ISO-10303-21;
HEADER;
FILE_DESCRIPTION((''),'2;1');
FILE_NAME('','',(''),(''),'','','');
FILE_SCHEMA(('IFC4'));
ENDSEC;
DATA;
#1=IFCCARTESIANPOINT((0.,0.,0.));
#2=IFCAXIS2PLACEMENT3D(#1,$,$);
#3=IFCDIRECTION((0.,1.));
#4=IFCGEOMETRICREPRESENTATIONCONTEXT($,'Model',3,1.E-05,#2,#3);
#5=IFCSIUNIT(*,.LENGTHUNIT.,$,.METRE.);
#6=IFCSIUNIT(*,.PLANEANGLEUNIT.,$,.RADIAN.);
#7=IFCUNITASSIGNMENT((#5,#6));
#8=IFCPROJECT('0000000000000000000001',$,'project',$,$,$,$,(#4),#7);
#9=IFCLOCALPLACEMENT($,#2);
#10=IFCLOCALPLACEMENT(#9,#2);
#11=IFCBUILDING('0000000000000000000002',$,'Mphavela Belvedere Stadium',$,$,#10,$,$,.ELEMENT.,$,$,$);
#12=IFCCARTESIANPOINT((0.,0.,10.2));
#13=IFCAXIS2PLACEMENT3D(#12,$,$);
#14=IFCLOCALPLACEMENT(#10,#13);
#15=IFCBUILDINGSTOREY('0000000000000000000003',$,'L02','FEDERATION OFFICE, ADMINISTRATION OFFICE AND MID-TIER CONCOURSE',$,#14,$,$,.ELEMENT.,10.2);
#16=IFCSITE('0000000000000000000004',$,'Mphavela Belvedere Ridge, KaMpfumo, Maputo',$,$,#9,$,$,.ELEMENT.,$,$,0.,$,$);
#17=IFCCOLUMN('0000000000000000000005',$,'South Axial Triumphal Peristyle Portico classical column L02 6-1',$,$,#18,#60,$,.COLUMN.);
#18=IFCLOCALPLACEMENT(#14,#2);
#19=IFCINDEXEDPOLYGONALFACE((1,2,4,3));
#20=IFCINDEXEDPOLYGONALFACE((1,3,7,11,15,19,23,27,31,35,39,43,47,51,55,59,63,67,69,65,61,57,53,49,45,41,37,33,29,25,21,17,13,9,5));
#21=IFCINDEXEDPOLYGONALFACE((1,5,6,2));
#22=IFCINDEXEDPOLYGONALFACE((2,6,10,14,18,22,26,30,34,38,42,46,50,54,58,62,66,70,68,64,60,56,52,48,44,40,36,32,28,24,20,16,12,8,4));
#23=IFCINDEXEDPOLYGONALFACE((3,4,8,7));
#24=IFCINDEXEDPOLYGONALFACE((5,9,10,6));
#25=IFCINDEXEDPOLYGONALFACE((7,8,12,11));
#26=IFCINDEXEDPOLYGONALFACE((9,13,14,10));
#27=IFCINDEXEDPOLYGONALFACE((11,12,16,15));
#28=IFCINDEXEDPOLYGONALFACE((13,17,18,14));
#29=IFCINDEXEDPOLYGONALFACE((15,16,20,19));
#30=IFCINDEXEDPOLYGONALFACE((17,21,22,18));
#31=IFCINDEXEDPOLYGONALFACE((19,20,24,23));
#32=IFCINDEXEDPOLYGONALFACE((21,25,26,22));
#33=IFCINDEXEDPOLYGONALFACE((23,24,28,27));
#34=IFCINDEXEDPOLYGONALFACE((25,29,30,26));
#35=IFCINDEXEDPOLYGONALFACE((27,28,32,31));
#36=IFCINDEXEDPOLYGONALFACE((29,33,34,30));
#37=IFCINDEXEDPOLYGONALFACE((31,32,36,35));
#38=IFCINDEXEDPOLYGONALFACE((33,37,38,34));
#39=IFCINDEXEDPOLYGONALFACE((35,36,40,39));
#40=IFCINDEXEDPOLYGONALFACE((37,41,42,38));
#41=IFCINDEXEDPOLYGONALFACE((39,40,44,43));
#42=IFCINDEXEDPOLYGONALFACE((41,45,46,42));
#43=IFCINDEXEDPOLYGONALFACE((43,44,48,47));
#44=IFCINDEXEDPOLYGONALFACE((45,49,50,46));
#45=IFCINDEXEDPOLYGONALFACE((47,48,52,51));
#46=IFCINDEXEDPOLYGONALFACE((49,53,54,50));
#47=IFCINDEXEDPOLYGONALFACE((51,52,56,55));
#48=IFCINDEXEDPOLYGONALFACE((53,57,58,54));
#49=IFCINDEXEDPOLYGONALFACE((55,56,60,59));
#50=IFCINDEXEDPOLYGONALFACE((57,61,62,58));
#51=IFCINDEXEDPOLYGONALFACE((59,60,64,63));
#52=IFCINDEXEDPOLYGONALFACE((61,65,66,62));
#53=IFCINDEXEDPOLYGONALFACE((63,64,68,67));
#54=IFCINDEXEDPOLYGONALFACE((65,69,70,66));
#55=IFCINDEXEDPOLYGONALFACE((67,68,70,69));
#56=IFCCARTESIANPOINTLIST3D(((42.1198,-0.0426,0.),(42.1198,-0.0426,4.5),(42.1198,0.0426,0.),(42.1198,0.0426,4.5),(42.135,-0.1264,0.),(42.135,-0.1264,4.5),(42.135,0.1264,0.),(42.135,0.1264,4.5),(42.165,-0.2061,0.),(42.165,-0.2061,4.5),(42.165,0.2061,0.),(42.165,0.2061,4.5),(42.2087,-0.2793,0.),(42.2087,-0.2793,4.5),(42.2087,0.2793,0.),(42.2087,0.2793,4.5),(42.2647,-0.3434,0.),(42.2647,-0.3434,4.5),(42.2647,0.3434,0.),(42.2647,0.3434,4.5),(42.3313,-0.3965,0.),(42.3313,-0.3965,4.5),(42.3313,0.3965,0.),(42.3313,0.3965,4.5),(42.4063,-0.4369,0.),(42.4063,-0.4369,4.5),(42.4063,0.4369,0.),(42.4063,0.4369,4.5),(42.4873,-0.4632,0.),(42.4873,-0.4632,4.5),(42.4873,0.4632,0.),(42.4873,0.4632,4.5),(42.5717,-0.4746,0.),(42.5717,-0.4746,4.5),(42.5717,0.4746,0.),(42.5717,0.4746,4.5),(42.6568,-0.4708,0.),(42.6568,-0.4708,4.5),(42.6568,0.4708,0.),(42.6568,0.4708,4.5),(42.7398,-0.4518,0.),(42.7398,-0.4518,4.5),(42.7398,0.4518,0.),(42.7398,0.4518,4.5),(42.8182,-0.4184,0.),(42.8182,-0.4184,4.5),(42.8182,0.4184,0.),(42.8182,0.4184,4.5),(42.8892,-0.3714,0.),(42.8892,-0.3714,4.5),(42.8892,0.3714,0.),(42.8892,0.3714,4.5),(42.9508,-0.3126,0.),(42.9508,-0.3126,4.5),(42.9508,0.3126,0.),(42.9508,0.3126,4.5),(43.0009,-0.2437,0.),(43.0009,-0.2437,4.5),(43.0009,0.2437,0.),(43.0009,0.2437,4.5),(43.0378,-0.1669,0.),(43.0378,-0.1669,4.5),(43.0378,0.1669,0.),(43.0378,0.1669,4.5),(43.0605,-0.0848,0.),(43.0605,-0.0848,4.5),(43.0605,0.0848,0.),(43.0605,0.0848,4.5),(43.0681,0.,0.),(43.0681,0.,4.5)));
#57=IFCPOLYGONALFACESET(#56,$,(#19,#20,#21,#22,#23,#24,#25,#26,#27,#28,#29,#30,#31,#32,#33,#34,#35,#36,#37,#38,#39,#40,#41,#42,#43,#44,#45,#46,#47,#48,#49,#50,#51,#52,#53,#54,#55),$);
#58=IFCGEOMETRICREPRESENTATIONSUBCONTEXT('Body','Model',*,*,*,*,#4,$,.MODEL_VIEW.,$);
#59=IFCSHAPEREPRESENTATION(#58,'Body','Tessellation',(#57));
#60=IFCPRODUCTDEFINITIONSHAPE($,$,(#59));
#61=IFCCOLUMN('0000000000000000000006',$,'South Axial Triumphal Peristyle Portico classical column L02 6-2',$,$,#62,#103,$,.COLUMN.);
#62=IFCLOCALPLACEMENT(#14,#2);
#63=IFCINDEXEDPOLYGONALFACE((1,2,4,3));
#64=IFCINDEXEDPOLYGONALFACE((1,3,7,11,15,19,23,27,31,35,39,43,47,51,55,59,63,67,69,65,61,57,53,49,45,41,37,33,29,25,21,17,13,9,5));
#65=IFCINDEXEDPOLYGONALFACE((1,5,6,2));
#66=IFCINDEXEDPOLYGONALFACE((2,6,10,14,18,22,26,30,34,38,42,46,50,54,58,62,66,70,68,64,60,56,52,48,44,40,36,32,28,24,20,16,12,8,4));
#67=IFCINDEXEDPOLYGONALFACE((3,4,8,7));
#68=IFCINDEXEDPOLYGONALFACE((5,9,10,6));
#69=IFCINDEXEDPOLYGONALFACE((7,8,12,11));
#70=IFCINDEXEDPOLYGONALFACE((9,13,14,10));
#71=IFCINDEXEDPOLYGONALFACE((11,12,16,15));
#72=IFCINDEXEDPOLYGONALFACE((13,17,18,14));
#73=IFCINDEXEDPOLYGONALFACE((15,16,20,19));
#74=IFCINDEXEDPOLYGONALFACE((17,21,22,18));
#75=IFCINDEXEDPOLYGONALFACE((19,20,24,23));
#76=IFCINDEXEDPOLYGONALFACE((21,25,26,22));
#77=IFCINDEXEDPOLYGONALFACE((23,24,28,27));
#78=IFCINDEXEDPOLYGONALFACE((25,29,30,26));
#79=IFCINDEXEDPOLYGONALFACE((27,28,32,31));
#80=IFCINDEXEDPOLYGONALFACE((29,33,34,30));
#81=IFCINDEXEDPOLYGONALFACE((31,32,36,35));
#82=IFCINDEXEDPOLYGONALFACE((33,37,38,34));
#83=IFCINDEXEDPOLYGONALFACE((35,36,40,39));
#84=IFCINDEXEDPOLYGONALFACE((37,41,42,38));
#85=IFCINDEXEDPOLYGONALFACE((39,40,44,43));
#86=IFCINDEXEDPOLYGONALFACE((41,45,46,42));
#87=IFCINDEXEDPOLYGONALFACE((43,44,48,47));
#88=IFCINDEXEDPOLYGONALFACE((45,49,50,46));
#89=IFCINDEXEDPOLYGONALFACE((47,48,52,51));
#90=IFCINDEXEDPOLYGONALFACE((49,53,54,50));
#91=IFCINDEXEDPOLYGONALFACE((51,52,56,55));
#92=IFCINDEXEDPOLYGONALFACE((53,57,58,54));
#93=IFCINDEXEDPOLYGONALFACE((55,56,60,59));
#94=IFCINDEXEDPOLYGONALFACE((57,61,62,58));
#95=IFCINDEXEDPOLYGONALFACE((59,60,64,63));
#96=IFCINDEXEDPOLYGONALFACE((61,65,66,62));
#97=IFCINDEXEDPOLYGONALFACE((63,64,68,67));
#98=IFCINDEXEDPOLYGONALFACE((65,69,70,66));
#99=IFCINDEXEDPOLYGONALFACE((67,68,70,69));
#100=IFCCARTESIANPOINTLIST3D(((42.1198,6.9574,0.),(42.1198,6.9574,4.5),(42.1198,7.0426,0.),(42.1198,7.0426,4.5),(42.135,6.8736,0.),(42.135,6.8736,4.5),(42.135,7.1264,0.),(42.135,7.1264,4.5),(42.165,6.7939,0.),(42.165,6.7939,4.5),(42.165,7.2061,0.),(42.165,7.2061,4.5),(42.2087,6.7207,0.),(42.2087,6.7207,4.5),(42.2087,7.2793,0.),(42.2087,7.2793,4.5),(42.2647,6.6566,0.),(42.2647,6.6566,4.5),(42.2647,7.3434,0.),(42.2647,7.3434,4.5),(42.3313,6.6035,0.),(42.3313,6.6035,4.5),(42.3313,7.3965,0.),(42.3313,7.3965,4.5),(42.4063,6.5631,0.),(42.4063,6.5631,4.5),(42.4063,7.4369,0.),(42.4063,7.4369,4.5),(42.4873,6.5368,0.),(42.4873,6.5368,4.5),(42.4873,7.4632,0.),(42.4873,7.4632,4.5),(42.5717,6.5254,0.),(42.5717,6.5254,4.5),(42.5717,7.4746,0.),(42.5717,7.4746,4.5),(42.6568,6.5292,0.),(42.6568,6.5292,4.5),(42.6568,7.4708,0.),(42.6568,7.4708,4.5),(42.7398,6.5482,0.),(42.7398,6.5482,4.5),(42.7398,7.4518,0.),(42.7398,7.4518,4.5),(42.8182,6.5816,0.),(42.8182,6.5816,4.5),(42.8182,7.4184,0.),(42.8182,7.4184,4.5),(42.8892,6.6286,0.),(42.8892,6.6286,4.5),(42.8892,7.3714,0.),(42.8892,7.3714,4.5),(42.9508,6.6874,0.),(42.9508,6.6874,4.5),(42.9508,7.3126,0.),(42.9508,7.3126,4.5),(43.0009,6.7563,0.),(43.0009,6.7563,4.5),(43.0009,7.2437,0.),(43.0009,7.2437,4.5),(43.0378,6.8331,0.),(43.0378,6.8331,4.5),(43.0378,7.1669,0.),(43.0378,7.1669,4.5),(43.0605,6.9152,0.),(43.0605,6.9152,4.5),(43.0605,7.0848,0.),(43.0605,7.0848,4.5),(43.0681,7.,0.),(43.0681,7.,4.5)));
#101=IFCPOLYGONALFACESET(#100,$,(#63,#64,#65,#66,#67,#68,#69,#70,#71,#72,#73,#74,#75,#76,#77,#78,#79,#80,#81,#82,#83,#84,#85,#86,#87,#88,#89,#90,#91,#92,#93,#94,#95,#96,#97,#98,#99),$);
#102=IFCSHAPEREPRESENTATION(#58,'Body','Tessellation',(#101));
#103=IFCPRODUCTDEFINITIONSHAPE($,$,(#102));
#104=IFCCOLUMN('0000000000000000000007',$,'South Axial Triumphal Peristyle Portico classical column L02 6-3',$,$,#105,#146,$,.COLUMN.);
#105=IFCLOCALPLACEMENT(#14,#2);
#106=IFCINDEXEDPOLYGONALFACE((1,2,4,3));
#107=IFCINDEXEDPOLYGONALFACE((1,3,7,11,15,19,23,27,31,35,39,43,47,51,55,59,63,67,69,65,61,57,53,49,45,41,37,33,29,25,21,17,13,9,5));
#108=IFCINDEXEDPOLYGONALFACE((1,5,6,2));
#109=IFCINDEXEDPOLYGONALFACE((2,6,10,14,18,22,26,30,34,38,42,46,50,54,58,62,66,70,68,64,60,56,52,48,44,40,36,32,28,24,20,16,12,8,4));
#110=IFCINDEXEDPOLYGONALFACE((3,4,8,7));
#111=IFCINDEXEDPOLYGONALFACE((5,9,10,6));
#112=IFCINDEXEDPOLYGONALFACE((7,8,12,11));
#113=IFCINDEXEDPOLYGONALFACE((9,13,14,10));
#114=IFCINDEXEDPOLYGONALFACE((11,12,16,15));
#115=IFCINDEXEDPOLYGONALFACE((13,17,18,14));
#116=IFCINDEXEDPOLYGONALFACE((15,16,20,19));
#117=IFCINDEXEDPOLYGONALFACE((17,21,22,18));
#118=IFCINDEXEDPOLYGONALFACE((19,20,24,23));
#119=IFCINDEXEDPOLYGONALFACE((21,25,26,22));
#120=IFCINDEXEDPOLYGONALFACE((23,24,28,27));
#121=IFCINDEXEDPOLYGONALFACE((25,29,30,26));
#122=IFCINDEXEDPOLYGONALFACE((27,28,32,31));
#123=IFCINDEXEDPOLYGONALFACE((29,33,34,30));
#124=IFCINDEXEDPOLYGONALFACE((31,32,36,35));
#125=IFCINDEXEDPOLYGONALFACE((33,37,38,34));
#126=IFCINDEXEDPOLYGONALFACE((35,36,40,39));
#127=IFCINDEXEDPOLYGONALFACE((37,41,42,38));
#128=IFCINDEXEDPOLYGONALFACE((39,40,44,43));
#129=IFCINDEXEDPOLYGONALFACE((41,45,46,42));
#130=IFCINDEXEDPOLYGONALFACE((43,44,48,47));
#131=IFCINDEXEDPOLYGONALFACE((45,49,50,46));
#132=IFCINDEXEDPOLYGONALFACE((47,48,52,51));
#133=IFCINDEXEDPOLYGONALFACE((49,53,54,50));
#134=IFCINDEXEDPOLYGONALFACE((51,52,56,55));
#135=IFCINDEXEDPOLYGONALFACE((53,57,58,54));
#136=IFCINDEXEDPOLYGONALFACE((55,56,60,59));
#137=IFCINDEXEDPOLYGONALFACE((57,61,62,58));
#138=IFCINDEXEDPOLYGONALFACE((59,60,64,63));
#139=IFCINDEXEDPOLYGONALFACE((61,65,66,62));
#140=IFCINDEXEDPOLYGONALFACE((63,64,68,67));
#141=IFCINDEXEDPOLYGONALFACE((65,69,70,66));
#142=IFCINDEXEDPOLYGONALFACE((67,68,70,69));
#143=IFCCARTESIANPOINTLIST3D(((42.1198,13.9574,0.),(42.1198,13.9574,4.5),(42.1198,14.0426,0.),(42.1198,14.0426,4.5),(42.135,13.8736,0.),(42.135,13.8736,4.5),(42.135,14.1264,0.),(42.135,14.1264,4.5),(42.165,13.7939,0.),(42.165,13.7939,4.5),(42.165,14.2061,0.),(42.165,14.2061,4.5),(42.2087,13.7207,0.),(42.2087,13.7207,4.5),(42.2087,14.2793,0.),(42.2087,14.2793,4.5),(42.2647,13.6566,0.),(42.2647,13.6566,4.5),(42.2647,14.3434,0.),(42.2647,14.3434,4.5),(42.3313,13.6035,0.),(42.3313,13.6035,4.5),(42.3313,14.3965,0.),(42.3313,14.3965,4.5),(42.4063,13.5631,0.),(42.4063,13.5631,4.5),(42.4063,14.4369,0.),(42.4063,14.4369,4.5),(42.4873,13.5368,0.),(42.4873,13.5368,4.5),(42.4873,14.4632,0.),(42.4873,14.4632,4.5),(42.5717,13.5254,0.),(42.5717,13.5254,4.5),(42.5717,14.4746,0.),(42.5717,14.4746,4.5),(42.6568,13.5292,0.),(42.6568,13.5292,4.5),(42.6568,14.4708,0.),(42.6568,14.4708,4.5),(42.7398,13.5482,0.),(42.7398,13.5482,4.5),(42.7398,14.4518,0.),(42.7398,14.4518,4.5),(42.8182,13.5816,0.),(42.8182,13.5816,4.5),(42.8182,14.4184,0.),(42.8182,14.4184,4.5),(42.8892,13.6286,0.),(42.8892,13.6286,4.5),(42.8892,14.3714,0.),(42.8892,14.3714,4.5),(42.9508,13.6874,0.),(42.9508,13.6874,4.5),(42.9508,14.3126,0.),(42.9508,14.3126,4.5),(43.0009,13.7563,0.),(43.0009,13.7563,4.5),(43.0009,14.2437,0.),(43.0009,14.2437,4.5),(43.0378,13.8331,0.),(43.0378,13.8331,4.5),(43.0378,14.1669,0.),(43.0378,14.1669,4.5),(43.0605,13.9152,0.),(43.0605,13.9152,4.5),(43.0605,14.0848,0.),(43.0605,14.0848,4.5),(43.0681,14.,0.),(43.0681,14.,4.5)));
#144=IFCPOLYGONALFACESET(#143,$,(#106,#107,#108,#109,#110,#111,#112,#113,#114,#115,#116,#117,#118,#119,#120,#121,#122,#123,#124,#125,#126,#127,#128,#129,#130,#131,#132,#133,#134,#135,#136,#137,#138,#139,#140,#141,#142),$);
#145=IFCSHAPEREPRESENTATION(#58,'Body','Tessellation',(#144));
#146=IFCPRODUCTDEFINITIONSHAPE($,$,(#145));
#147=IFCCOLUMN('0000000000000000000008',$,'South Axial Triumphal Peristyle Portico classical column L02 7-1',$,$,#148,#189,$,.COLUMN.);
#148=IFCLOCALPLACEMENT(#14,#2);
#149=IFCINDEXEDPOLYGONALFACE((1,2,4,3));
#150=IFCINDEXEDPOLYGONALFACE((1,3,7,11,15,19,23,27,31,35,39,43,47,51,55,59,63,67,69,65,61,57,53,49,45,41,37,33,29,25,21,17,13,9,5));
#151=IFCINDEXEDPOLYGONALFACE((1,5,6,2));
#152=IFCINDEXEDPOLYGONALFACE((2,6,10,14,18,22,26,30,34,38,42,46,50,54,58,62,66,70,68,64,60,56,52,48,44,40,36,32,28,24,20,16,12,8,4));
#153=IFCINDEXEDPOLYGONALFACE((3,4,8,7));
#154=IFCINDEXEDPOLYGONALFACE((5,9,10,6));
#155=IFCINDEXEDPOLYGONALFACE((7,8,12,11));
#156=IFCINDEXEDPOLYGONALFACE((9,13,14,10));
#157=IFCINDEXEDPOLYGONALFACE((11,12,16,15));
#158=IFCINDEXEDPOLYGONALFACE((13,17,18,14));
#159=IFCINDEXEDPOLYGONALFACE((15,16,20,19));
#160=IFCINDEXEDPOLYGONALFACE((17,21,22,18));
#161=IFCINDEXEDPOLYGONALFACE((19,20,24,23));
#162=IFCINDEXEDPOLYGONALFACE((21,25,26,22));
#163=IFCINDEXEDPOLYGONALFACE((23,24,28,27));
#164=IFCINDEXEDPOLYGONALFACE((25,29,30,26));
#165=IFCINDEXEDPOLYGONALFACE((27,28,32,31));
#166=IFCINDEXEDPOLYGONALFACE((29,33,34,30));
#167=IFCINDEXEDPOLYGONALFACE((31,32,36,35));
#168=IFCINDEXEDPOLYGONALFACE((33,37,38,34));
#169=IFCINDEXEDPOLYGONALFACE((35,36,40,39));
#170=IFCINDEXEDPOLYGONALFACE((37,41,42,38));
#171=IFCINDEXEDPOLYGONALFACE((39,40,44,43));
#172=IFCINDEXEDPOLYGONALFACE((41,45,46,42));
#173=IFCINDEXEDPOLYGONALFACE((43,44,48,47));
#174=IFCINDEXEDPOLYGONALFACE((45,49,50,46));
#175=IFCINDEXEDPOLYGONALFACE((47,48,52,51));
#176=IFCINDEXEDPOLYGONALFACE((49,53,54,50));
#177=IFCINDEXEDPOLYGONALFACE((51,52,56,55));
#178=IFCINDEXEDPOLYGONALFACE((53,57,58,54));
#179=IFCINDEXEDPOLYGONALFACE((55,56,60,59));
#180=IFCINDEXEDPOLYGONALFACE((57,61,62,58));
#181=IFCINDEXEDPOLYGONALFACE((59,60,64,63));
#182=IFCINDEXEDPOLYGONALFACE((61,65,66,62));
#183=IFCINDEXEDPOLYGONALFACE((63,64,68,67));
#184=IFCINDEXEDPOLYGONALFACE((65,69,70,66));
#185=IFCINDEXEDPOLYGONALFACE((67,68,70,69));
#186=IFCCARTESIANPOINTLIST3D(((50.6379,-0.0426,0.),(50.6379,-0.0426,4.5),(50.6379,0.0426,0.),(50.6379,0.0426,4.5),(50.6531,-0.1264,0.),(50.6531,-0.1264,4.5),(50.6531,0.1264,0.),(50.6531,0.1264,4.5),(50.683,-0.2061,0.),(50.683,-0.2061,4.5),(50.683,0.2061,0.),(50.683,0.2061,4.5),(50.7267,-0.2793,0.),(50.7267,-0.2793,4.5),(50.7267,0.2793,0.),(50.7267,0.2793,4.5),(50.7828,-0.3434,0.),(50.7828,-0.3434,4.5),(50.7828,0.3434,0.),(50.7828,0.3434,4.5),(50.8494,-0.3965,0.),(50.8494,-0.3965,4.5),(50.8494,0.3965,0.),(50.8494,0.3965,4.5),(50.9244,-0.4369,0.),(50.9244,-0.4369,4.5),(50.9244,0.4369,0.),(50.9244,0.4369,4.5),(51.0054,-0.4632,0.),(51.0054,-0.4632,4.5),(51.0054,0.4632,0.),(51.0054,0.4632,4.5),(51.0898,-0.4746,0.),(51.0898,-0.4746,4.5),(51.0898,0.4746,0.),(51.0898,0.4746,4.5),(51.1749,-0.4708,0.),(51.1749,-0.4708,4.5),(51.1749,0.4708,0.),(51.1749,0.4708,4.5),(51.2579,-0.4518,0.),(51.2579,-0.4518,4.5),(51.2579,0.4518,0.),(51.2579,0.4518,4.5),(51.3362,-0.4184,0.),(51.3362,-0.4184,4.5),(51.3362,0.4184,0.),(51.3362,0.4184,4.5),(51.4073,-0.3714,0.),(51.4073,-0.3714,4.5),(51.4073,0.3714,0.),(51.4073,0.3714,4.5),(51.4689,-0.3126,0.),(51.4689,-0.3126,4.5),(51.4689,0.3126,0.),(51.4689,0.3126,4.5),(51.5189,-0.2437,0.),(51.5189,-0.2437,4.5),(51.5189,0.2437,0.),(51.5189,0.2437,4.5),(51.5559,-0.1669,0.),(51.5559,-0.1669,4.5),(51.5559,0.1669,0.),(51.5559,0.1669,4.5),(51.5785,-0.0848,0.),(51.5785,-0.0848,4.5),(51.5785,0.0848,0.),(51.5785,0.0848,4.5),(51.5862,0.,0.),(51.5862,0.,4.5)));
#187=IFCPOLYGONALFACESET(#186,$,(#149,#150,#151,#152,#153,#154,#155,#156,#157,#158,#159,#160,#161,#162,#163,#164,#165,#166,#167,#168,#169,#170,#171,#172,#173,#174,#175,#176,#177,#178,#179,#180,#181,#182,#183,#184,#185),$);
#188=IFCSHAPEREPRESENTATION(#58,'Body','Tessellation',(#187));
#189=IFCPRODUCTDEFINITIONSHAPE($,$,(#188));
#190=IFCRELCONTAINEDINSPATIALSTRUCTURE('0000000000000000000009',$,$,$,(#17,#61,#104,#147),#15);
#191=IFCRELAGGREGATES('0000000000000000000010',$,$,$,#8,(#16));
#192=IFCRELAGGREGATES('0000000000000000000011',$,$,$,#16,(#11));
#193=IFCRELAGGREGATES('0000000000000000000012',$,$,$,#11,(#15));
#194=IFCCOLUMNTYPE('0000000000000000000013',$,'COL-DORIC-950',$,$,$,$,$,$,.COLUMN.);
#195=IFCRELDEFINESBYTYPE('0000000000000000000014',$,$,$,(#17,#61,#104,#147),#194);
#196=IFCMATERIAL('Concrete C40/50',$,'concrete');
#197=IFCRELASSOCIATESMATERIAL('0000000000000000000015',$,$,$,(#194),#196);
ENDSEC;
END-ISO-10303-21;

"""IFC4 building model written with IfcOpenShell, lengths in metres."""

from ifc_helpers import new_model, si_unit, direction, frame, origin, origin_2d, place, context, subcontext, project, spatial, circle, extrude, material, material_profile, profile_set, type_object, element, save


model = new_model("IFC4")

# Units and contexts
model_context = context("Model", 3, precision=1e-05, world=origin(), true_north=direction((0.0, 1.0)))
body_context = subcontext(model_context, "Body", "Model", "MODEL_VIEW")
ifc_project = project(units=[si_unit("LENGTHUNIT", "METRE"), si_unit("PLANEANGLEUNIT", "RADIAN")], contexts=[model_context])

# Site, building, storey
site_placement = place(None, origin())
site = spatial("IfcSite", under=ifc_project, at=site_placement, Name="Mphavela Belvedere Ridge, KaMpfumo, Maputo", CompositionType="ELEMENT", RefElevation=0.0)
building_placement = place(site_placement, origin())
building = spatial("IfcBuilding", under=site, at=building_placement, Name="Mphavela Belvedere Stadium", CompositionType="ELEMENT")
storey_placement = place(building_placement, frame((0.0, 0.0, 10.2)))
storey = spatial("IfcBuildingStorey", under=building, at=storey_placement, Name="L02", Description="FEDERATION OFFICE, ADMINISTRATION OFFICE AND MID-TIER CONCOURSE", CompositionType="ELEMENT", Elevation=10.2)

# Columns
ifc_material_1 = material(Name="Concrete C40/50", Category="concrete")
ifc_material_profile_1 = material_profile(ifc_material_1, circle(Radius=0.4751, at=origin_2d()), Name="COL D950")
ifc_profile_set_1 = profile_set([ifc_material_profile_1], Name="Concrete C40/50")
column_type = type_object("IfcColumnType", Name="COL-DORIC-950", PredefinedType="COLUMN", material=ifc_profile_set_1)
for number, where, z_axis, x_axis, name in (
    (1, (42.593, 0.0, 0.0), (0.0, 0.0, 1.0), (1.0, 0.0, 0.0), "South Axial Triumphal Peristyle Portico classical column L02 6-1"),
    (2, (42.593, 7.0, 0.0), (0.0, 0.0, 1.0), (1.0, 0.0, 0.0), "South Axial Triumphal Peristyle Portico classical column L02 6-2"),
    (3, (42.593, 14.0, 0.0), (0.0, 0.0, 1.0), (1.0, 0.0, 0.0), "South Axial Triumphal Peristyle Portico classical column L02 6-3"),
    (4, (51.1111, 0.0, 0.0), (0.0, 0.0, 1.0), (1.0, 0.0, 0.0), "South Axial Triumphal Peristyle Portico classical column L02 7-1"),
):
    element("IfcColumn", number, at=place(storey_placement, frame(where, z_axis=z_axis, x_axis=x_axis)), inside=storey, type_object=column_type, Name=name, PredefinedType="COLUMN", context=body_context, shape_type="SweptSolid", body=[
        extrude(circle(Radius=0.4751, at=origin_2d()), origin(), (0.0, 0.0, 1.0), 4.5),
    ])

save(model, "model.ifc")
